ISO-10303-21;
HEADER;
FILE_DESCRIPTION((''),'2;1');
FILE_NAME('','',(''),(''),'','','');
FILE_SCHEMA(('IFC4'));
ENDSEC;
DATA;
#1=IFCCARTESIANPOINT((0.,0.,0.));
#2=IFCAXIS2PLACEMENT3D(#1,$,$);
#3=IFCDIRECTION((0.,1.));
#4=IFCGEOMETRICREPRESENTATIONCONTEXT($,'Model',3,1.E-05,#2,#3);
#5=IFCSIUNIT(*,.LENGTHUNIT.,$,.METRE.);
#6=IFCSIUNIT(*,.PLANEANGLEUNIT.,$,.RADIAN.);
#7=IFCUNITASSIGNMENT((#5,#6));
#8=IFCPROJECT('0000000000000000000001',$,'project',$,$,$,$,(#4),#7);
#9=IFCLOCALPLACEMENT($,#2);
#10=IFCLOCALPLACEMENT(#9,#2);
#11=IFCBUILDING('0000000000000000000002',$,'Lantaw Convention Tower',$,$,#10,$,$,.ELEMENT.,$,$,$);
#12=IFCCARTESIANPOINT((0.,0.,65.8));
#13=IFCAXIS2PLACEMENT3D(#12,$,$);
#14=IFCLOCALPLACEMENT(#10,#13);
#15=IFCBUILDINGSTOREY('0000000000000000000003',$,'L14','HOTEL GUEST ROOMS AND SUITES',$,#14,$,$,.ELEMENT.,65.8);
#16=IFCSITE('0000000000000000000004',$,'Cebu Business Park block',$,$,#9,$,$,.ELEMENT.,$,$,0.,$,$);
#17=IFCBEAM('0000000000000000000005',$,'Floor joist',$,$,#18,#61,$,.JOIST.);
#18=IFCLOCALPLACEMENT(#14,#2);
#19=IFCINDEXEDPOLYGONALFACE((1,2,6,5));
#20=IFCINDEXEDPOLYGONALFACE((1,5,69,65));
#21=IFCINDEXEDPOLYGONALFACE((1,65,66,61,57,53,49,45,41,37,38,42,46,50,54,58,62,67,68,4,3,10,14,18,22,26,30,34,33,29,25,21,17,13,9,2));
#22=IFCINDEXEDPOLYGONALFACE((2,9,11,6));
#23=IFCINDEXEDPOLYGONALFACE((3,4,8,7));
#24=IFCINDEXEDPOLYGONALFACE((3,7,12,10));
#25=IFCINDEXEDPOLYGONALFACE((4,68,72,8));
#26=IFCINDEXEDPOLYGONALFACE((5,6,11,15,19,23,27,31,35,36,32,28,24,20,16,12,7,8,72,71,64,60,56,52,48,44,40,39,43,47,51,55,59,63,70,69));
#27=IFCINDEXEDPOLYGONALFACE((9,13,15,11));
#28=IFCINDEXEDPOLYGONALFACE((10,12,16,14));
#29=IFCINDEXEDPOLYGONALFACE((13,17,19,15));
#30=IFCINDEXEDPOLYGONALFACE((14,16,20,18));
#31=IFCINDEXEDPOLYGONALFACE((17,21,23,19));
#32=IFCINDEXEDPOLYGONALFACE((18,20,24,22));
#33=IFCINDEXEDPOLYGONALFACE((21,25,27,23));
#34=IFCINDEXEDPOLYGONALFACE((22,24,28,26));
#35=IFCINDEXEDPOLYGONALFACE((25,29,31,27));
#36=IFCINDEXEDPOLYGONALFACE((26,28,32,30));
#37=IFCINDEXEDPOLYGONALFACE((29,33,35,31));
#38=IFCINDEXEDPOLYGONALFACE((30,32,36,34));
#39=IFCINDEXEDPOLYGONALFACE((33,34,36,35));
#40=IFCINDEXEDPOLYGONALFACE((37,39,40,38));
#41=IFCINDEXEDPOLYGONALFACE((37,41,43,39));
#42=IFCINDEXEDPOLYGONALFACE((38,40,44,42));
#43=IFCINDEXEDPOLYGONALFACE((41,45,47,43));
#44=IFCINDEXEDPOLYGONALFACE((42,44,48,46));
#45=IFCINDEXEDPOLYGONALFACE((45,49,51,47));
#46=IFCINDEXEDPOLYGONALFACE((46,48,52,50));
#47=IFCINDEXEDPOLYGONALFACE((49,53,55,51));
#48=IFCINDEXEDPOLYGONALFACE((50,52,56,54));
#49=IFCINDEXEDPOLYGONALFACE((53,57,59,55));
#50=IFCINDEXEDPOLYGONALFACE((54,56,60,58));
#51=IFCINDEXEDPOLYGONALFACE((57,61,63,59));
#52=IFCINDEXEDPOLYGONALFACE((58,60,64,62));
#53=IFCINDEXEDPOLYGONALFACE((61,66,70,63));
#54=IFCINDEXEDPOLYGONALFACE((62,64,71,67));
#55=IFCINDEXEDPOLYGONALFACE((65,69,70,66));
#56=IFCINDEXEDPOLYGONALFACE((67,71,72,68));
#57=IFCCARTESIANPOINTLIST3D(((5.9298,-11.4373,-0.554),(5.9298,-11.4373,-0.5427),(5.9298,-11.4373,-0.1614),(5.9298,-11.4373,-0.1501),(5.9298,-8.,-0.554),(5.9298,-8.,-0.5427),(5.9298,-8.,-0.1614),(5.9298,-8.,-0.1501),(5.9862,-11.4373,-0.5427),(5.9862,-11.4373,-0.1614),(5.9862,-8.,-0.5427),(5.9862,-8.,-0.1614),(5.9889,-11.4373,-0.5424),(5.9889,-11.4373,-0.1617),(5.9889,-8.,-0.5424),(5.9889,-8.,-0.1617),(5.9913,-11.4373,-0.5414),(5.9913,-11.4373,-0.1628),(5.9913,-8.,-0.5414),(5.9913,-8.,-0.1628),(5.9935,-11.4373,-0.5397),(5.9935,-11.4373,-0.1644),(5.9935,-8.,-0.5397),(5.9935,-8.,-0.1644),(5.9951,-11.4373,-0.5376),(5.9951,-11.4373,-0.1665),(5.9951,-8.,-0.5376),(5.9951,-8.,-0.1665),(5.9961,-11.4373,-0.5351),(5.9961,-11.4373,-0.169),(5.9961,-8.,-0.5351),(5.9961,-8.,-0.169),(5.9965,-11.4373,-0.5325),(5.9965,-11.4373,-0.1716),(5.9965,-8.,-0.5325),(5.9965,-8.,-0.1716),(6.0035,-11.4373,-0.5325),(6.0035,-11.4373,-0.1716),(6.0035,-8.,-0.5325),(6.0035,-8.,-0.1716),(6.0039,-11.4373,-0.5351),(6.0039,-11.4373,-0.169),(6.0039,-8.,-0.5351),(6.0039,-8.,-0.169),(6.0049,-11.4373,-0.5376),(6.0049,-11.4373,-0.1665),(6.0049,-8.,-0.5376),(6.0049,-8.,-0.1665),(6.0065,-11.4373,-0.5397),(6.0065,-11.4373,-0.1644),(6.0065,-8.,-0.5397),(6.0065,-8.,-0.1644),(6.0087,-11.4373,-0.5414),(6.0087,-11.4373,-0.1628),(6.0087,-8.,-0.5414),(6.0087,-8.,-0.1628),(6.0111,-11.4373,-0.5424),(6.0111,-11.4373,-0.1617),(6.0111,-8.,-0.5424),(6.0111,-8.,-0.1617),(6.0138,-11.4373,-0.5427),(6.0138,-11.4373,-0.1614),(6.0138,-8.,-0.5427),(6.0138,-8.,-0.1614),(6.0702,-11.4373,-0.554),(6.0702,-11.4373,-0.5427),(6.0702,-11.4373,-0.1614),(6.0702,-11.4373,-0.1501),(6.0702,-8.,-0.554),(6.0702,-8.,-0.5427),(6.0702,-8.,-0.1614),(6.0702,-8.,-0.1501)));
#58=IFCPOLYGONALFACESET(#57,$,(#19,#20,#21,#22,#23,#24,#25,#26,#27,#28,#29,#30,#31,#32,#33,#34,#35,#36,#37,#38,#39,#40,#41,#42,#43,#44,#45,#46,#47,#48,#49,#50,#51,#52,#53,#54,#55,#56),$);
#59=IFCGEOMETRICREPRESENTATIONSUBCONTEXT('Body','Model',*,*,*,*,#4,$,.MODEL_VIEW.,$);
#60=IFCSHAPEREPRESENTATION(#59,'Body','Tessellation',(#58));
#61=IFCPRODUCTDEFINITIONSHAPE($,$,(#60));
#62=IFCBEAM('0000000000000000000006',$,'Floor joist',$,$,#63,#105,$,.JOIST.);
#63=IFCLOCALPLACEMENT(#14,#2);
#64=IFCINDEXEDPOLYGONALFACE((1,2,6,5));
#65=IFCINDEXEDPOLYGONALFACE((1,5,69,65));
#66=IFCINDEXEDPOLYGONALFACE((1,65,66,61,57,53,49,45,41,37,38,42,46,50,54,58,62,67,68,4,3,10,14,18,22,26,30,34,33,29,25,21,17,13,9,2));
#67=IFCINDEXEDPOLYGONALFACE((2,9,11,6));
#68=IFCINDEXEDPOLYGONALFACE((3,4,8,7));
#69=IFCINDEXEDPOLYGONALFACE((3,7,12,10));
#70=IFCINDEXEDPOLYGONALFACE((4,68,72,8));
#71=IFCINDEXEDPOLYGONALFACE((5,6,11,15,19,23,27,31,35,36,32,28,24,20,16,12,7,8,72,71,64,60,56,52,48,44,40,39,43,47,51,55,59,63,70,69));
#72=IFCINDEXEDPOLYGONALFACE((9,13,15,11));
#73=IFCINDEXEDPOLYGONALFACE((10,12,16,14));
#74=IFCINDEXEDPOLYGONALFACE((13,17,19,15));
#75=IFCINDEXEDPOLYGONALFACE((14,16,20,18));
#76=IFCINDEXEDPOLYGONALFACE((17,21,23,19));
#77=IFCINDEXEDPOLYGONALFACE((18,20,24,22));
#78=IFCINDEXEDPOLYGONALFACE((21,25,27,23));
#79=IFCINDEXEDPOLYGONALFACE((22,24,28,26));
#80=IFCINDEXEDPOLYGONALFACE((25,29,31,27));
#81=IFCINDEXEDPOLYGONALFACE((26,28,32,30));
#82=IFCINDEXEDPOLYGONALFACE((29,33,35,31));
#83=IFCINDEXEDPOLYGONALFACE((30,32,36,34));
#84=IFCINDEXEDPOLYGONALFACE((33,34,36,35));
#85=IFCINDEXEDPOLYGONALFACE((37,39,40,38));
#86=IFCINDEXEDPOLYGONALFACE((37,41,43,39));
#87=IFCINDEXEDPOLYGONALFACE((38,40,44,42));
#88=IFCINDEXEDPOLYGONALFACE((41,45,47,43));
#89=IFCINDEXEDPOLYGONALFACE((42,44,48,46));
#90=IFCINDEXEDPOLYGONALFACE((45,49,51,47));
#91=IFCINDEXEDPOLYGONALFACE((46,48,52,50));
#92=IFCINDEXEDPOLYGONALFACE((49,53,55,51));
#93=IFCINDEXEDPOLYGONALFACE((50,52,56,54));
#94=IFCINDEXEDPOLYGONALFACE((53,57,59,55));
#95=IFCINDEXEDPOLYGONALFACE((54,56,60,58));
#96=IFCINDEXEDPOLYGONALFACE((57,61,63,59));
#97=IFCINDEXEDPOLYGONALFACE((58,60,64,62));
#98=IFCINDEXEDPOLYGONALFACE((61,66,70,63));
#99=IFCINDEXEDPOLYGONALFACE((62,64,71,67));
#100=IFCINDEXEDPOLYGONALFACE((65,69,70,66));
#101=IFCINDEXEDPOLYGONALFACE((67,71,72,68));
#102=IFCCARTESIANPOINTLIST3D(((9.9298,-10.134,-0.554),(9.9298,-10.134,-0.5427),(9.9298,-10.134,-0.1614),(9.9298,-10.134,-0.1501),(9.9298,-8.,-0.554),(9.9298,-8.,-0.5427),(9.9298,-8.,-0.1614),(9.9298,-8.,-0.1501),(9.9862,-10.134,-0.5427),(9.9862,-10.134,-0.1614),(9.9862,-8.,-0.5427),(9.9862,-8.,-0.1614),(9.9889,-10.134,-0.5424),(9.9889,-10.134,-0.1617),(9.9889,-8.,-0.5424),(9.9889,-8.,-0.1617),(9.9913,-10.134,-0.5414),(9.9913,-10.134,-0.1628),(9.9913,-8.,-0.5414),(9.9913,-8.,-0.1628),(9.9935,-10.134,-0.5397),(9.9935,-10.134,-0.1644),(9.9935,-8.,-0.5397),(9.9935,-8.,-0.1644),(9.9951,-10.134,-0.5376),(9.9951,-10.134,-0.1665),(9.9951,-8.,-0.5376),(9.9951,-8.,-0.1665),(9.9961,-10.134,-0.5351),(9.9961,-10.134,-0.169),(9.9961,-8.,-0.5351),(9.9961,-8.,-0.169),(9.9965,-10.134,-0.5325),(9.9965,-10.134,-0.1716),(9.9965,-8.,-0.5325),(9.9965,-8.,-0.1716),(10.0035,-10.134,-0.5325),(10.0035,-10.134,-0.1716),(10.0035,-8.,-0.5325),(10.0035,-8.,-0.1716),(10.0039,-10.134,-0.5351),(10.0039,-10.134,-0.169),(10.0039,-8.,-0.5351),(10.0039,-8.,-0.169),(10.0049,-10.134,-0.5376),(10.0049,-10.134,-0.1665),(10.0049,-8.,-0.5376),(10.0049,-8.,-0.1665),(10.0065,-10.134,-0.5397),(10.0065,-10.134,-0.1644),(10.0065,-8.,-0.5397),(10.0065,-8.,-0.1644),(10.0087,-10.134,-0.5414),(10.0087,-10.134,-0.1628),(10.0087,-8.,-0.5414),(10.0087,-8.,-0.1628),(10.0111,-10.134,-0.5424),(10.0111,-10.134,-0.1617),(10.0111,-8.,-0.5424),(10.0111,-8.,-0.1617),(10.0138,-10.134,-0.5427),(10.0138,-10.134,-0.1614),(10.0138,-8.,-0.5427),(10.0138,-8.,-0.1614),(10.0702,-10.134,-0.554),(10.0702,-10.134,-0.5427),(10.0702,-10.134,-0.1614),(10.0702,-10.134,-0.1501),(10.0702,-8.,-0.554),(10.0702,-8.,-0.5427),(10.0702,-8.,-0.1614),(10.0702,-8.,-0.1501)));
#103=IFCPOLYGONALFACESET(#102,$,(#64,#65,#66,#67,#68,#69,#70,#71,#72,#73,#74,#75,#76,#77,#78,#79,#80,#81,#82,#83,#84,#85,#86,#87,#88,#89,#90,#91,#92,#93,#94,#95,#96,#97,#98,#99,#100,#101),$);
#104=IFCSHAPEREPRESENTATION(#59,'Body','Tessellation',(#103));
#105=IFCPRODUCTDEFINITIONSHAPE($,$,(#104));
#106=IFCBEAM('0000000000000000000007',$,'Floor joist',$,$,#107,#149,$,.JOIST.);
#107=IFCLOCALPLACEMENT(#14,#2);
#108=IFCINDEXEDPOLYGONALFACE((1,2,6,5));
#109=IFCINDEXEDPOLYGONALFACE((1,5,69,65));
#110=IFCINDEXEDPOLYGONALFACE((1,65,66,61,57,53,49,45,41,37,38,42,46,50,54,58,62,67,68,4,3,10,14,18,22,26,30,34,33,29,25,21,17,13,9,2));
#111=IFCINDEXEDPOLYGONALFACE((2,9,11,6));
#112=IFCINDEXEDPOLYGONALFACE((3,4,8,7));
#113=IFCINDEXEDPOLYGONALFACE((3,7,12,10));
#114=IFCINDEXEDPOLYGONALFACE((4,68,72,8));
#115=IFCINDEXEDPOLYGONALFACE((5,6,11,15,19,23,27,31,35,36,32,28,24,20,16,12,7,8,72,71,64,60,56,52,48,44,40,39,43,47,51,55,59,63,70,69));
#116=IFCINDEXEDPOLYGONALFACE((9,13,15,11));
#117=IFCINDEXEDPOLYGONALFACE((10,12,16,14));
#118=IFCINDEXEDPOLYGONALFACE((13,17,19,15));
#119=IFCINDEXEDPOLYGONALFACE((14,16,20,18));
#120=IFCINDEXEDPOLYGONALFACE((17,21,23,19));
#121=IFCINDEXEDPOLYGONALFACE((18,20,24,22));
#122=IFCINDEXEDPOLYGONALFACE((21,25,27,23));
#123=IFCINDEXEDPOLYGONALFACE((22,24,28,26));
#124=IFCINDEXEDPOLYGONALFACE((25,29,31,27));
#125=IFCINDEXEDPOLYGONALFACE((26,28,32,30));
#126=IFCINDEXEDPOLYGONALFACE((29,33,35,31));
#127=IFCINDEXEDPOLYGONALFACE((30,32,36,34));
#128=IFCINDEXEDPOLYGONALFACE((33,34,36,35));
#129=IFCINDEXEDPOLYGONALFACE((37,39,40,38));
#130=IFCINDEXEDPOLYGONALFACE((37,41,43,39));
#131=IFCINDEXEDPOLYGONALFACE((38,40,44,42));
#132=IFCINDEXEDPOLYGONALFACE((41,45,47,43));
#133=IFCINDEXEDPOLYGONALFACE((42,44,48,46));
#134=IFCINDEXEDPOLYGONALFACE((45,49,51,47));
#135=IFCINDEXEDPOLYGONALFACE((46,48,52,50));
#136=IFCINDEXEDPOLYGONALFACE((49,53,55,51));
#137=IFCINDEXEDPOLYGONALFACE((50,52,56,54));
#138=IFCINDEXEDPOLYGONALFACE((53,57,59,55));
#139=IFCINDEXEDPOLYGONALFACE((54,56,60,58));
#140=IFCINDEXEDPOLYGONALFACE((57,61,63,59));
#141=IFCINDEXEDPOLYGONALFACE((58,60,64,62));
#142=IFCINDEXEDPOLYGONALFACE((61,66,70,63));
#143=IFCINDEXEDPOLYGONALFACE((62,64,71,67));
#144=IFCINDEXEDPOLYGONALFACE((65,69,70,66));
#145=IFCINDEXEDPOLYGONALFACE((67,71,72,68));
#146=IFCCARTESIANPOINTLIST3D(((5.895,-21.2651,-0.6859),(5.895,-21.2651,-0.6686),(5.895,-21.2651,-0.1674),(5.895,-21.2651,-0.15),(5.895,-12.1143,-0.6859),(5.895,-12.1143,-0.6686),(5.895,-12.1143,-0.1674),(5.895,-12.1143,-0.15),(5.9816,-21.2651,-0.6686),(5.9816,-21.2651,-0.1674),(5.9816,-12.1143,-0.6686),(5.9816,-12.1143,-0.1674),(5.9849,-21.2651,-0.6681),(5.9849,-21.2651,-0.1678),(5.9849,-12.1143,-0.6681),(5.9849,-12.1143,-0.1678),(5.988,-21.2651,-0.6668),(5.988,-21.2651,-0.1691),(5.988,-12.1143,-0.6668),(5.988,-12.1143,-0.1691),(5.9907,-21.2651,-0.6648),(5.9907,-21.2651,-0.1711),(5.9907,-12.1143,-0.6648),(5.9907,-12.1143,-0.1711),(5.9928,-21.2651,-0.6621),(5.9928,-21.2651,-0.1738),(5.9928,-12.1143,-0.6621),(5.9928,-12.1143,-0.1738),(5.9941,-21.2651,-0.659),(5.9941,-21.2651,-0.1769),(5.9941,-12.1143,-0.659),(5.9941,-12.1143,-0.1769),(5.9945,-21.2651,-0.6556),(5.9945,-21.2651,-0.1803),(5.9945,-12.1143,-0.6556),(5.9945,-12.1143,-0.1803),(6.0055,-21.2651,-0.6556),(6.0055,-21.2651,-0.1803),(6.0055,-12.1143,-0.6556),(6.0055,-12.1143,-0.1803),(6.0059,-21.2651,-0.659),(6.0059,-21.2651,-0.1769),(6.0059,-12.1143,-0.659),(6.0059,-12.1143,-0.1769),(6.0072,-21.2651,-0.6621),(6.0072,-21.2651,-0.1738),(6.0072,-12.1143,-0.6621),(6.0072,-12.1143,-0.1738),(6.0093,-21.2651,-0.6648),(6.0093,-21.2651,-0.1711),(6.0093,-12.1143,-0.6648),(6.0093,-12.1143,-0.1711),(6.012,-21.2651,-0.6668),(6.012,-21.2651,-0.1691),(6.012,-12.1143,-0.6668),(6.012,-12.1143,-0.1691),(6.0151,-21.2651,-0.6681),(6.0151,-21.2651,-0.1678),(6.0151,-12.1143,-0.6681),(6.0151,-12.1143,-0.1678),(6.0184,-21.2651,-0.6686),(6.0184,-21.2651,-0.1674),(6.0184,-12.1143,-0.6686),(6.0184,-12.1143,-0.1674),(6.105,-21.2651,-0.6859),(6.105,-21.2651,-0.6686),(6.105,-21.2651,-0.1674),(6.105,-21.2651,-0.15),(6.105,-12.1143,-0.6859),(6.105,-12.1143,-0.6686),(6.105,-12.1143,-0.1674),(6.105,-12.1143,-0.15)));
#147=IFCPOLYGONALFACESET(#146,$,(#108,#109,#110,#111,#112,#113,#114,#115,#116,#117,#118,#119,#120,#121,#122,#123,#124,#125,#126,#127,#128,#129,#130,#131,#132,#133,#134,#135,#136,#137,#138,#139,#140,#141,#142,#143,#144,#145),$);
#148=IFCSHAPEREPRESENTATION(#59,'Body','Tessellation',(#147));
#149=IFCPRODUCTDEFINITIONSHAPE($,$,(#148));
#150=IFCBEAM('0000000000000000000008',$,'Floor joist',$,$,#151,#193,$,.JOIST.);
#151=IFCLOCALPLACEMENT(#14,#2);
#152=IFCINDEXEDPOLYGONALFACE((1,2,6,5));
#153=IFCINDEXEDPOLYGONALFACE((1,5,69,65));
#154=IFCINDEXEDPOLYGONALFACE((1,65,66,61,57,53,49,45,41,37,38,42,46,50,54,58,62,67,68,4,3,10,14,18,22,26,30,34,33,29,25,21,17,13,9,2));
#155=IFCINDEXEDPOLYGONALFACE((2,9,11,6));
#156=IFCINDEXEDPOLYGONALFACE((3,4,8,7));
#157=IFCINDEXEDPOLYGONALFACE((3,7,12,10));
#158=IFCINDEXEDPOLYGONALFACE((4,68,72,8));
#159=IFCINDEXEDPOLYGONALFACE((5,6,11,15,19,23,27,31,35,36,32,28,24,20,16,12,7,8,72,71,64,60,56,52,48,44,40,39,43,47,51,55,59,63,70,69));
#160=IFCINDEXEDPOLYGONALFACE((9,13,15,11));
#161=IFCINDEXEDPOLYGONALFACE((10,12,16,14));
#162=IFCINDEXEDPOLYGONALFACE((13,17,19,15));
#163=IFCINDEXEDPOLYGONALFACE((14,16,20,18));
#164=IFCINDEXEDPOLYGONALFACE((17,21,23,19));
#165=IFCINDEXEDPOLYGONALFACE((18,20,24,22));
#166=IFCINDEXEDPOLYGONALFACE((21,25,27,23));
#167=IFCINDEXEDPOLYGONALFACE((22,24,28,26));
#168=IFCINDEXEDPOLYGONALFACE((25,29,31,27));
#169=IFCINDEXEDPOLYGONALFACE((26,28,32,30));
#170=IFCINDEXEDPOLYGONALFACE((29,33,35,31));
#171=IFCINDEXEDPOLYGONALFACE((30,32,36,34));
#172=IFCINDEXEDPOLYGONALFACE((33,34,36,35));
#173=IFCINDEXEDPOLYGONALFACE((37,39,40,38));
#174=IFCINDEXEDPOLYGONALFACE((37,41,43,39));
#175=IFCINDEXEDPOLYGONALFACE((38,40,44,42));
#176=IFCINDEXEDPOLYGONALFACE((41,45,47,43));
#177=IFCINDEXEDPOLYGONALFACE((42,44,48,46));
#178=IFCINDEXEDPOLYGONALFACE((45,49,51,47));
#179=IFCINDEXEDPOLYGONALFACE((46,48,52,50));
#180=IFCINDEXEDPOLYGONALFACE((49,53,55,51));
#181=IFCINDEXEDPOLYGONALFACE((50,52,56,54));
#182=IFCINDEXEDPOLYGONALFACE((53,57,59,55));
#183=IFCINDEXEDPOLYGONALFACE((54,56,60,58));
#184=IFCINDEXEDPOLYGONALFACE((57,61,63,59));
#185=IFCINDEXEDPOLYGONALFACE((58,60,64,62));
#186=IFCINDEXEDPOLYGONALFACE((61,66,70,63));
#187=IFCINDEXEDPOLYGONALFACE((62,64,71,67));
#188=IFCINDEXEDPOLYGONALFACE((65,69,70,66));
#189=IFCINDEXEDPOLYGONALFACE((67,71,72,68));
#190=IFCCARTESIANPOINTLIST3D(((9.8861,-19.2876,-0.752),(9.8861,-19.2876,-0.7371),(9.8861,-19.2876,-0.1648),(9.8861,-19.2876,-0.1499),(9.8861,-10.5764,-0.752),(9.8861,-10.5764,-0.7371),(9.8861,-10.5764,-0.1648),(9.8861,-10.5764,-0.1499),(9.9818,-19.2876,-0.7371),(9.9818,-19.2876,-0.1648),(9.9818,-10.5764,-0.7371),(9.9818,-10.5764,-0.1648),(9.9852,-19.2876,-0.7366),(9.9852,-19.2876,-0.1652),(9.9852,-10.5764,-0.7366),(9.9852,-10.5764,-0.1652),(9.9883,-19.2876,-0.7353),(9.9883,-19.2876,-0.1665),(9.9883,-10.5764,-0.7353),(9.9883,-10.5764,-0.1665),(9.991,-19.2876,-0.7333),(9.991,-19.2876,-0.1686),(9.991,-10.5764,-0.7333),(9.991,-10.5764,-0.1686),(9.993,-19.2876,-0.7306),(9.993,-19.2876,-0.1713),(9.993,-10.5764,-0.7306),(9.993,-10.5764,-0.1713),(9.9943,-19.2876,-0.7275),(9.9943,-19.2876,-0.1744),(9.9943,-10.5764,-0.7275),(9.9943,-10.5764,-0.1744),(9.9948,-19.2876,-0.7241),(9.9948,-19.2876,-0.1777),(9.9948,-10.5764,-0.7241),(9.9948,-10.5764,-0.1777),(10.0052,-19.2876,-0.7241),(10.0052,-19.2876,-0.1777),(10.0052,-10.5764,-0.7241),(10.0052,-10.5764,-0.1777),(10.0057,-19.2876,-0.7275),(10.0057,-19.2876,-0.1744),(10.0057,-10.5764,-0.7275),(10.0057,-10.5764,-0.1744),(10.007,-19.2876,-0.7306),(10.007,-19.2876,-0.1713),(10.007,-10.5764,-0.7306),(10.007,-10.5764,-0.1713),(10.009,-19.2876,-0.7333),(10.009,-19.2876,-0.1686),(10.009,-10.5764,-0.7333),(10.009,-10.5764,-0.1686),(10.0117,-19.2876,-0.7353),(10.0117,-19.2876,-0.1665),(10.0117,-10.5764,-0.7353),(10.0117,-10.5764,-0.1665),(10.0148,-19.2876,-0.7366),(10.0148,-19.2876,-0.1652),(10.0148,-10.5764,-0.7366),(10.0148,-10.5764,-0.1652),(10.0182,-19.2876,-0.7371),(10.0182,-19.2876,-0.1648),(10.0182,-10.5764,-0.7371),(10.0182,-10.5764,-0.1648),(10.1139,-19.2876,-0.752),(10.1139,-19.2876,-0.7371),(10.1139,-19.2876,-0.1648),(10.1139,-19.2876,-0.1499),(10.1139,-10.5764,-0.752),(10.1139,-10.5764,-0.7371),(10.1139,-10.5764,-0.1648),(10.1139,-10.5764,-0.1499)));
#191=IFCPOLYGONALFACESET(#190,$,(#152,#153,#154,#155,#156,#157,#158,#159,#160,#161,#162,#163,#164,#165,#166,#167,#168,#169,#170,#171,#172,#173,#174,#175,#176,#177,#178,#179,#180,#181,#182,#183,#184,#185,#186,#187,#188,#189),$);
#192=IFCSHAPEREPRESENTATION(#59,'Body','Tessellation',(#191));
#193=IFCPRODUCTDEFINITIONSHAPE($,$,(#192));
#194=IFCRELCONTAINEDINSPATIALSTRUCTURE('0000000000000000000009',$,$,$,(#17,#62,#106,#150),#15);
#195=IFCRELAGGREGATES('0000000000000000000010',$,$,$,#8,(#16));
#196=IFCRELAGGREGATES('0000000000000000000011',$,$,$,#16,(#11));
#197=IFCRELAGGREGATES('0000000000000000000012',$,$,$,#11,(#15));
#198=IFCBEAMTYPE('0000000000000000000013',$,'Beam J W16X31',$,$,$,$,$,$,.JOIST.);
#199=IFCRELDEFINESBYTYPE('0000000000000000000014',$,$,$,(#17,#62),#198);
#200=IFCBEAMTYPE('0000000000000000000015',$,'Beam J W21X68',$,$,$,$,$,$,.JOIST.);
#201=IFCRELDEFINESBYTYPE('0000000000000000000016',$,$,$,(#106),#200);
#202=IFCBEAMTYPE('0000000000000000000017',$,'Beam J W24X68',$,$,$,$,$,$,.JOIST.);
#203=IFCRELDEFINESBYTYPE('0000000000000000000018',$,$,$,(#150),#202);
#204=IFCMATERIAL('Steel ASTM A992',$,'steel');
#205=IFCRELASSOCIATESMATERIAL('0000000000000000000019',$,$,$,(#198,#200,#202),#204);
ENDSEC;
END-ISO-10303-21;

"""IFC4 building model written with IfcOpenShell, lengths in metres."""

from ifc_helpers import new_model, si_unit, direction, frame, origin, origin_2d, place, context, subcontext, project, spatial, i_section, extrude, material, material_profile, profile_set, type_object, element, save


model = new_model("IFC4")

# Units and contexts
model_context = context("Model", 3, precision=1e-05, world=origin(), true_north=direction((0.0, 1.0)))
body_context = subcontext(model_context, "Body", "Model", "MODEL_VIEW")
ifc_project = project(units=[si_unit("LENGTHUNIT", "METRE"), si_unit("PLANEANGLEUNIT", "RADIAN")], contexts=[model_context])

# Site, building, storey
site_placement = place(None, origin())
site = spatial("IfcSite", under=ifc_project, at=site_placement, Name="Cebu Business Park block", CompositionType="ELEMENT", RefElevation=0.0)
building_placement = place(site_placement, origin())
building = spatial("IfcBuilding", under=site, at=building_placement, Name="Lantaw Convention Tower", CompositionType="ELEMENT")
storey_placement = place(building_placement, frame((0.0, 0.0, 65.8)))
storey = spatial("IfcBuildingStorey", under=building, at=storey_placement, Name="L14", Description="HOTEL GUEST ROOMS AND SUITES", CompositionType="ELEMENT", Elevation=65.8)

# Beams
ifc_material_1 = material(Name="Steel ASTM A992", Category="steel")
ifc_material_profile_1 = material_profile(ifc_material_1, i_section(OverallWidth=0.1404, OverallDepth=0.4038, WebThickness=0.0071, FlangeThickness=0.0112, FilletRadius=0.0103, at=origin_2d()), Name="W16X31")
ifc_profile_set_1 = profile_set([ifc_material_profile_1], Name="Steel ASTM A992")
beam_type_1 = type_object("IfcBeamType", Name="Beam J W16X31", PredefinedType="JOIST", material=ifc_profile_set_1)
beam_1_placement = place(storey_placement, frame((6.0, -11.4373, -0.3521), z_axis=(0.0, 1.0, 0.0), x_axis=(-1.0, 0.0, 0.0)))
element("IfcBeam", 1, at=beam_1_placement, inside=storey, type_object=beam_type_1, Name="Floor joist", PredefinedType="JOIST", context=body_context, shape_type="SweptSolid", body=[
    extrude(i_section(OverallWidth=0.1404, OverallDepth=0.4038, WebThickness=0.0071, FlangeThickness=0.0112, FilletRadius=0.0103, at=origin_2d()), origin(), (0.0, 0.0, 1.0), 3.4373),
])
beam_2_placement = place(storey_placement, frame((10.0, -10.134, -0.3521), z_axis=(0.0, 1.0, 0.0), x_axis=(-1.0, 0.0, 0.0)))
element("IfcBeam", 2, at=beam_2_placement, inside=storey, type_object=beam_type_1, Name="Floor joist", PredefinedType="JOIST", context=body_context, shape_type="SweptSolid", body=[
    extrude(i_section(OverallWidth=0.1404, OverallDepth=0.4038, WebThickness=0.0071, FlangeThickness=0.0112, FilletRadius=0.0103, at=origin_2d()), origin(), (0.0, 0.0, 1.0), 2.134),
])
ifc_material_profile_2 = material_profile(ifc_material_1, i_section(OverallWidth=0.21, OverallDepth=0.5359, WebThickness=0.011, FlangeThickness=0.0173, FilletRadius=0.0129, at=origin_2d()), Name="W21X68")
ifc_profile_set_2 = profile_set([ifc_material_profile_2], Name="Steel ASTM A992")
beam_type_2 = type_object("IfcBeamType", Name="Beam J W21X68", PredefinedType="JOIST", material=ifc_profile_set_2)
beam_3_placement = place(storey_placement, frame((6.0, -21.2651, -0.418), z_axis=(0.0, 1.0, 0.0), x_axis=(-1.0, 0.0, 0.0)))
element("IfcBeam", 3, at=beam_3_placement, inside=storey, type_object=beam_type_2, Name="Floor joist", PredefinedType="JOIST", context=body_context, shape_type="SweptSolid", body=[
    extrude(i_section(OverallWidth=0.21, OverallDepth=0.5359, WebThickness=0.011, FlangeThickness=0.0173, FilletRadius=0.0129, at=origin_2d()), origin(), (0.0, 0.0, 1.0), 9.1509),
])
ifc_material_profile_3 = material_profile(ifc_material_1, i_section(OverallWidth=0.2278, OverallDepth=0.6021, WebThickness=0.0105, FlangeThickness=0.0149, FilletRadius=0.0129, at=origin_2d()), Name="W24X68")
ifc_profile_set_3 = profile_set([ifc_material_profile_3], Name="Steel ASTM A992")
beam_type_3 = type_object("IfcBeamType", Name="Beam J W24X68", PredefinedType="JOIST", material=ifc_profile_set_3)
beam_4_placement = place(storey_placement, frame((10.0, -19.2876, -0.4509), z_axis=(0.0, 1.0, 0.0), x_axis=(-1.0, 0.0, 0.0)))
element("IfcBeam", 4, at=beam_4_placement, inside=storey, type_object=beam_type_3, Name="Floor joist", PredefinedType="JOIST", context=body_context, shape_type="SweptSolid", body=[
    extrude(i_section(OverallWidth=0.2278, OverallDepth=0.6021, WebThickness=0.0105, FlangeThickness=0.0149, FilletRadius=0.0129, at=origin_2d()), origin(), (0.0, 0.0, 1.0), 8.7112),
])

save(model, "model.ifc")
